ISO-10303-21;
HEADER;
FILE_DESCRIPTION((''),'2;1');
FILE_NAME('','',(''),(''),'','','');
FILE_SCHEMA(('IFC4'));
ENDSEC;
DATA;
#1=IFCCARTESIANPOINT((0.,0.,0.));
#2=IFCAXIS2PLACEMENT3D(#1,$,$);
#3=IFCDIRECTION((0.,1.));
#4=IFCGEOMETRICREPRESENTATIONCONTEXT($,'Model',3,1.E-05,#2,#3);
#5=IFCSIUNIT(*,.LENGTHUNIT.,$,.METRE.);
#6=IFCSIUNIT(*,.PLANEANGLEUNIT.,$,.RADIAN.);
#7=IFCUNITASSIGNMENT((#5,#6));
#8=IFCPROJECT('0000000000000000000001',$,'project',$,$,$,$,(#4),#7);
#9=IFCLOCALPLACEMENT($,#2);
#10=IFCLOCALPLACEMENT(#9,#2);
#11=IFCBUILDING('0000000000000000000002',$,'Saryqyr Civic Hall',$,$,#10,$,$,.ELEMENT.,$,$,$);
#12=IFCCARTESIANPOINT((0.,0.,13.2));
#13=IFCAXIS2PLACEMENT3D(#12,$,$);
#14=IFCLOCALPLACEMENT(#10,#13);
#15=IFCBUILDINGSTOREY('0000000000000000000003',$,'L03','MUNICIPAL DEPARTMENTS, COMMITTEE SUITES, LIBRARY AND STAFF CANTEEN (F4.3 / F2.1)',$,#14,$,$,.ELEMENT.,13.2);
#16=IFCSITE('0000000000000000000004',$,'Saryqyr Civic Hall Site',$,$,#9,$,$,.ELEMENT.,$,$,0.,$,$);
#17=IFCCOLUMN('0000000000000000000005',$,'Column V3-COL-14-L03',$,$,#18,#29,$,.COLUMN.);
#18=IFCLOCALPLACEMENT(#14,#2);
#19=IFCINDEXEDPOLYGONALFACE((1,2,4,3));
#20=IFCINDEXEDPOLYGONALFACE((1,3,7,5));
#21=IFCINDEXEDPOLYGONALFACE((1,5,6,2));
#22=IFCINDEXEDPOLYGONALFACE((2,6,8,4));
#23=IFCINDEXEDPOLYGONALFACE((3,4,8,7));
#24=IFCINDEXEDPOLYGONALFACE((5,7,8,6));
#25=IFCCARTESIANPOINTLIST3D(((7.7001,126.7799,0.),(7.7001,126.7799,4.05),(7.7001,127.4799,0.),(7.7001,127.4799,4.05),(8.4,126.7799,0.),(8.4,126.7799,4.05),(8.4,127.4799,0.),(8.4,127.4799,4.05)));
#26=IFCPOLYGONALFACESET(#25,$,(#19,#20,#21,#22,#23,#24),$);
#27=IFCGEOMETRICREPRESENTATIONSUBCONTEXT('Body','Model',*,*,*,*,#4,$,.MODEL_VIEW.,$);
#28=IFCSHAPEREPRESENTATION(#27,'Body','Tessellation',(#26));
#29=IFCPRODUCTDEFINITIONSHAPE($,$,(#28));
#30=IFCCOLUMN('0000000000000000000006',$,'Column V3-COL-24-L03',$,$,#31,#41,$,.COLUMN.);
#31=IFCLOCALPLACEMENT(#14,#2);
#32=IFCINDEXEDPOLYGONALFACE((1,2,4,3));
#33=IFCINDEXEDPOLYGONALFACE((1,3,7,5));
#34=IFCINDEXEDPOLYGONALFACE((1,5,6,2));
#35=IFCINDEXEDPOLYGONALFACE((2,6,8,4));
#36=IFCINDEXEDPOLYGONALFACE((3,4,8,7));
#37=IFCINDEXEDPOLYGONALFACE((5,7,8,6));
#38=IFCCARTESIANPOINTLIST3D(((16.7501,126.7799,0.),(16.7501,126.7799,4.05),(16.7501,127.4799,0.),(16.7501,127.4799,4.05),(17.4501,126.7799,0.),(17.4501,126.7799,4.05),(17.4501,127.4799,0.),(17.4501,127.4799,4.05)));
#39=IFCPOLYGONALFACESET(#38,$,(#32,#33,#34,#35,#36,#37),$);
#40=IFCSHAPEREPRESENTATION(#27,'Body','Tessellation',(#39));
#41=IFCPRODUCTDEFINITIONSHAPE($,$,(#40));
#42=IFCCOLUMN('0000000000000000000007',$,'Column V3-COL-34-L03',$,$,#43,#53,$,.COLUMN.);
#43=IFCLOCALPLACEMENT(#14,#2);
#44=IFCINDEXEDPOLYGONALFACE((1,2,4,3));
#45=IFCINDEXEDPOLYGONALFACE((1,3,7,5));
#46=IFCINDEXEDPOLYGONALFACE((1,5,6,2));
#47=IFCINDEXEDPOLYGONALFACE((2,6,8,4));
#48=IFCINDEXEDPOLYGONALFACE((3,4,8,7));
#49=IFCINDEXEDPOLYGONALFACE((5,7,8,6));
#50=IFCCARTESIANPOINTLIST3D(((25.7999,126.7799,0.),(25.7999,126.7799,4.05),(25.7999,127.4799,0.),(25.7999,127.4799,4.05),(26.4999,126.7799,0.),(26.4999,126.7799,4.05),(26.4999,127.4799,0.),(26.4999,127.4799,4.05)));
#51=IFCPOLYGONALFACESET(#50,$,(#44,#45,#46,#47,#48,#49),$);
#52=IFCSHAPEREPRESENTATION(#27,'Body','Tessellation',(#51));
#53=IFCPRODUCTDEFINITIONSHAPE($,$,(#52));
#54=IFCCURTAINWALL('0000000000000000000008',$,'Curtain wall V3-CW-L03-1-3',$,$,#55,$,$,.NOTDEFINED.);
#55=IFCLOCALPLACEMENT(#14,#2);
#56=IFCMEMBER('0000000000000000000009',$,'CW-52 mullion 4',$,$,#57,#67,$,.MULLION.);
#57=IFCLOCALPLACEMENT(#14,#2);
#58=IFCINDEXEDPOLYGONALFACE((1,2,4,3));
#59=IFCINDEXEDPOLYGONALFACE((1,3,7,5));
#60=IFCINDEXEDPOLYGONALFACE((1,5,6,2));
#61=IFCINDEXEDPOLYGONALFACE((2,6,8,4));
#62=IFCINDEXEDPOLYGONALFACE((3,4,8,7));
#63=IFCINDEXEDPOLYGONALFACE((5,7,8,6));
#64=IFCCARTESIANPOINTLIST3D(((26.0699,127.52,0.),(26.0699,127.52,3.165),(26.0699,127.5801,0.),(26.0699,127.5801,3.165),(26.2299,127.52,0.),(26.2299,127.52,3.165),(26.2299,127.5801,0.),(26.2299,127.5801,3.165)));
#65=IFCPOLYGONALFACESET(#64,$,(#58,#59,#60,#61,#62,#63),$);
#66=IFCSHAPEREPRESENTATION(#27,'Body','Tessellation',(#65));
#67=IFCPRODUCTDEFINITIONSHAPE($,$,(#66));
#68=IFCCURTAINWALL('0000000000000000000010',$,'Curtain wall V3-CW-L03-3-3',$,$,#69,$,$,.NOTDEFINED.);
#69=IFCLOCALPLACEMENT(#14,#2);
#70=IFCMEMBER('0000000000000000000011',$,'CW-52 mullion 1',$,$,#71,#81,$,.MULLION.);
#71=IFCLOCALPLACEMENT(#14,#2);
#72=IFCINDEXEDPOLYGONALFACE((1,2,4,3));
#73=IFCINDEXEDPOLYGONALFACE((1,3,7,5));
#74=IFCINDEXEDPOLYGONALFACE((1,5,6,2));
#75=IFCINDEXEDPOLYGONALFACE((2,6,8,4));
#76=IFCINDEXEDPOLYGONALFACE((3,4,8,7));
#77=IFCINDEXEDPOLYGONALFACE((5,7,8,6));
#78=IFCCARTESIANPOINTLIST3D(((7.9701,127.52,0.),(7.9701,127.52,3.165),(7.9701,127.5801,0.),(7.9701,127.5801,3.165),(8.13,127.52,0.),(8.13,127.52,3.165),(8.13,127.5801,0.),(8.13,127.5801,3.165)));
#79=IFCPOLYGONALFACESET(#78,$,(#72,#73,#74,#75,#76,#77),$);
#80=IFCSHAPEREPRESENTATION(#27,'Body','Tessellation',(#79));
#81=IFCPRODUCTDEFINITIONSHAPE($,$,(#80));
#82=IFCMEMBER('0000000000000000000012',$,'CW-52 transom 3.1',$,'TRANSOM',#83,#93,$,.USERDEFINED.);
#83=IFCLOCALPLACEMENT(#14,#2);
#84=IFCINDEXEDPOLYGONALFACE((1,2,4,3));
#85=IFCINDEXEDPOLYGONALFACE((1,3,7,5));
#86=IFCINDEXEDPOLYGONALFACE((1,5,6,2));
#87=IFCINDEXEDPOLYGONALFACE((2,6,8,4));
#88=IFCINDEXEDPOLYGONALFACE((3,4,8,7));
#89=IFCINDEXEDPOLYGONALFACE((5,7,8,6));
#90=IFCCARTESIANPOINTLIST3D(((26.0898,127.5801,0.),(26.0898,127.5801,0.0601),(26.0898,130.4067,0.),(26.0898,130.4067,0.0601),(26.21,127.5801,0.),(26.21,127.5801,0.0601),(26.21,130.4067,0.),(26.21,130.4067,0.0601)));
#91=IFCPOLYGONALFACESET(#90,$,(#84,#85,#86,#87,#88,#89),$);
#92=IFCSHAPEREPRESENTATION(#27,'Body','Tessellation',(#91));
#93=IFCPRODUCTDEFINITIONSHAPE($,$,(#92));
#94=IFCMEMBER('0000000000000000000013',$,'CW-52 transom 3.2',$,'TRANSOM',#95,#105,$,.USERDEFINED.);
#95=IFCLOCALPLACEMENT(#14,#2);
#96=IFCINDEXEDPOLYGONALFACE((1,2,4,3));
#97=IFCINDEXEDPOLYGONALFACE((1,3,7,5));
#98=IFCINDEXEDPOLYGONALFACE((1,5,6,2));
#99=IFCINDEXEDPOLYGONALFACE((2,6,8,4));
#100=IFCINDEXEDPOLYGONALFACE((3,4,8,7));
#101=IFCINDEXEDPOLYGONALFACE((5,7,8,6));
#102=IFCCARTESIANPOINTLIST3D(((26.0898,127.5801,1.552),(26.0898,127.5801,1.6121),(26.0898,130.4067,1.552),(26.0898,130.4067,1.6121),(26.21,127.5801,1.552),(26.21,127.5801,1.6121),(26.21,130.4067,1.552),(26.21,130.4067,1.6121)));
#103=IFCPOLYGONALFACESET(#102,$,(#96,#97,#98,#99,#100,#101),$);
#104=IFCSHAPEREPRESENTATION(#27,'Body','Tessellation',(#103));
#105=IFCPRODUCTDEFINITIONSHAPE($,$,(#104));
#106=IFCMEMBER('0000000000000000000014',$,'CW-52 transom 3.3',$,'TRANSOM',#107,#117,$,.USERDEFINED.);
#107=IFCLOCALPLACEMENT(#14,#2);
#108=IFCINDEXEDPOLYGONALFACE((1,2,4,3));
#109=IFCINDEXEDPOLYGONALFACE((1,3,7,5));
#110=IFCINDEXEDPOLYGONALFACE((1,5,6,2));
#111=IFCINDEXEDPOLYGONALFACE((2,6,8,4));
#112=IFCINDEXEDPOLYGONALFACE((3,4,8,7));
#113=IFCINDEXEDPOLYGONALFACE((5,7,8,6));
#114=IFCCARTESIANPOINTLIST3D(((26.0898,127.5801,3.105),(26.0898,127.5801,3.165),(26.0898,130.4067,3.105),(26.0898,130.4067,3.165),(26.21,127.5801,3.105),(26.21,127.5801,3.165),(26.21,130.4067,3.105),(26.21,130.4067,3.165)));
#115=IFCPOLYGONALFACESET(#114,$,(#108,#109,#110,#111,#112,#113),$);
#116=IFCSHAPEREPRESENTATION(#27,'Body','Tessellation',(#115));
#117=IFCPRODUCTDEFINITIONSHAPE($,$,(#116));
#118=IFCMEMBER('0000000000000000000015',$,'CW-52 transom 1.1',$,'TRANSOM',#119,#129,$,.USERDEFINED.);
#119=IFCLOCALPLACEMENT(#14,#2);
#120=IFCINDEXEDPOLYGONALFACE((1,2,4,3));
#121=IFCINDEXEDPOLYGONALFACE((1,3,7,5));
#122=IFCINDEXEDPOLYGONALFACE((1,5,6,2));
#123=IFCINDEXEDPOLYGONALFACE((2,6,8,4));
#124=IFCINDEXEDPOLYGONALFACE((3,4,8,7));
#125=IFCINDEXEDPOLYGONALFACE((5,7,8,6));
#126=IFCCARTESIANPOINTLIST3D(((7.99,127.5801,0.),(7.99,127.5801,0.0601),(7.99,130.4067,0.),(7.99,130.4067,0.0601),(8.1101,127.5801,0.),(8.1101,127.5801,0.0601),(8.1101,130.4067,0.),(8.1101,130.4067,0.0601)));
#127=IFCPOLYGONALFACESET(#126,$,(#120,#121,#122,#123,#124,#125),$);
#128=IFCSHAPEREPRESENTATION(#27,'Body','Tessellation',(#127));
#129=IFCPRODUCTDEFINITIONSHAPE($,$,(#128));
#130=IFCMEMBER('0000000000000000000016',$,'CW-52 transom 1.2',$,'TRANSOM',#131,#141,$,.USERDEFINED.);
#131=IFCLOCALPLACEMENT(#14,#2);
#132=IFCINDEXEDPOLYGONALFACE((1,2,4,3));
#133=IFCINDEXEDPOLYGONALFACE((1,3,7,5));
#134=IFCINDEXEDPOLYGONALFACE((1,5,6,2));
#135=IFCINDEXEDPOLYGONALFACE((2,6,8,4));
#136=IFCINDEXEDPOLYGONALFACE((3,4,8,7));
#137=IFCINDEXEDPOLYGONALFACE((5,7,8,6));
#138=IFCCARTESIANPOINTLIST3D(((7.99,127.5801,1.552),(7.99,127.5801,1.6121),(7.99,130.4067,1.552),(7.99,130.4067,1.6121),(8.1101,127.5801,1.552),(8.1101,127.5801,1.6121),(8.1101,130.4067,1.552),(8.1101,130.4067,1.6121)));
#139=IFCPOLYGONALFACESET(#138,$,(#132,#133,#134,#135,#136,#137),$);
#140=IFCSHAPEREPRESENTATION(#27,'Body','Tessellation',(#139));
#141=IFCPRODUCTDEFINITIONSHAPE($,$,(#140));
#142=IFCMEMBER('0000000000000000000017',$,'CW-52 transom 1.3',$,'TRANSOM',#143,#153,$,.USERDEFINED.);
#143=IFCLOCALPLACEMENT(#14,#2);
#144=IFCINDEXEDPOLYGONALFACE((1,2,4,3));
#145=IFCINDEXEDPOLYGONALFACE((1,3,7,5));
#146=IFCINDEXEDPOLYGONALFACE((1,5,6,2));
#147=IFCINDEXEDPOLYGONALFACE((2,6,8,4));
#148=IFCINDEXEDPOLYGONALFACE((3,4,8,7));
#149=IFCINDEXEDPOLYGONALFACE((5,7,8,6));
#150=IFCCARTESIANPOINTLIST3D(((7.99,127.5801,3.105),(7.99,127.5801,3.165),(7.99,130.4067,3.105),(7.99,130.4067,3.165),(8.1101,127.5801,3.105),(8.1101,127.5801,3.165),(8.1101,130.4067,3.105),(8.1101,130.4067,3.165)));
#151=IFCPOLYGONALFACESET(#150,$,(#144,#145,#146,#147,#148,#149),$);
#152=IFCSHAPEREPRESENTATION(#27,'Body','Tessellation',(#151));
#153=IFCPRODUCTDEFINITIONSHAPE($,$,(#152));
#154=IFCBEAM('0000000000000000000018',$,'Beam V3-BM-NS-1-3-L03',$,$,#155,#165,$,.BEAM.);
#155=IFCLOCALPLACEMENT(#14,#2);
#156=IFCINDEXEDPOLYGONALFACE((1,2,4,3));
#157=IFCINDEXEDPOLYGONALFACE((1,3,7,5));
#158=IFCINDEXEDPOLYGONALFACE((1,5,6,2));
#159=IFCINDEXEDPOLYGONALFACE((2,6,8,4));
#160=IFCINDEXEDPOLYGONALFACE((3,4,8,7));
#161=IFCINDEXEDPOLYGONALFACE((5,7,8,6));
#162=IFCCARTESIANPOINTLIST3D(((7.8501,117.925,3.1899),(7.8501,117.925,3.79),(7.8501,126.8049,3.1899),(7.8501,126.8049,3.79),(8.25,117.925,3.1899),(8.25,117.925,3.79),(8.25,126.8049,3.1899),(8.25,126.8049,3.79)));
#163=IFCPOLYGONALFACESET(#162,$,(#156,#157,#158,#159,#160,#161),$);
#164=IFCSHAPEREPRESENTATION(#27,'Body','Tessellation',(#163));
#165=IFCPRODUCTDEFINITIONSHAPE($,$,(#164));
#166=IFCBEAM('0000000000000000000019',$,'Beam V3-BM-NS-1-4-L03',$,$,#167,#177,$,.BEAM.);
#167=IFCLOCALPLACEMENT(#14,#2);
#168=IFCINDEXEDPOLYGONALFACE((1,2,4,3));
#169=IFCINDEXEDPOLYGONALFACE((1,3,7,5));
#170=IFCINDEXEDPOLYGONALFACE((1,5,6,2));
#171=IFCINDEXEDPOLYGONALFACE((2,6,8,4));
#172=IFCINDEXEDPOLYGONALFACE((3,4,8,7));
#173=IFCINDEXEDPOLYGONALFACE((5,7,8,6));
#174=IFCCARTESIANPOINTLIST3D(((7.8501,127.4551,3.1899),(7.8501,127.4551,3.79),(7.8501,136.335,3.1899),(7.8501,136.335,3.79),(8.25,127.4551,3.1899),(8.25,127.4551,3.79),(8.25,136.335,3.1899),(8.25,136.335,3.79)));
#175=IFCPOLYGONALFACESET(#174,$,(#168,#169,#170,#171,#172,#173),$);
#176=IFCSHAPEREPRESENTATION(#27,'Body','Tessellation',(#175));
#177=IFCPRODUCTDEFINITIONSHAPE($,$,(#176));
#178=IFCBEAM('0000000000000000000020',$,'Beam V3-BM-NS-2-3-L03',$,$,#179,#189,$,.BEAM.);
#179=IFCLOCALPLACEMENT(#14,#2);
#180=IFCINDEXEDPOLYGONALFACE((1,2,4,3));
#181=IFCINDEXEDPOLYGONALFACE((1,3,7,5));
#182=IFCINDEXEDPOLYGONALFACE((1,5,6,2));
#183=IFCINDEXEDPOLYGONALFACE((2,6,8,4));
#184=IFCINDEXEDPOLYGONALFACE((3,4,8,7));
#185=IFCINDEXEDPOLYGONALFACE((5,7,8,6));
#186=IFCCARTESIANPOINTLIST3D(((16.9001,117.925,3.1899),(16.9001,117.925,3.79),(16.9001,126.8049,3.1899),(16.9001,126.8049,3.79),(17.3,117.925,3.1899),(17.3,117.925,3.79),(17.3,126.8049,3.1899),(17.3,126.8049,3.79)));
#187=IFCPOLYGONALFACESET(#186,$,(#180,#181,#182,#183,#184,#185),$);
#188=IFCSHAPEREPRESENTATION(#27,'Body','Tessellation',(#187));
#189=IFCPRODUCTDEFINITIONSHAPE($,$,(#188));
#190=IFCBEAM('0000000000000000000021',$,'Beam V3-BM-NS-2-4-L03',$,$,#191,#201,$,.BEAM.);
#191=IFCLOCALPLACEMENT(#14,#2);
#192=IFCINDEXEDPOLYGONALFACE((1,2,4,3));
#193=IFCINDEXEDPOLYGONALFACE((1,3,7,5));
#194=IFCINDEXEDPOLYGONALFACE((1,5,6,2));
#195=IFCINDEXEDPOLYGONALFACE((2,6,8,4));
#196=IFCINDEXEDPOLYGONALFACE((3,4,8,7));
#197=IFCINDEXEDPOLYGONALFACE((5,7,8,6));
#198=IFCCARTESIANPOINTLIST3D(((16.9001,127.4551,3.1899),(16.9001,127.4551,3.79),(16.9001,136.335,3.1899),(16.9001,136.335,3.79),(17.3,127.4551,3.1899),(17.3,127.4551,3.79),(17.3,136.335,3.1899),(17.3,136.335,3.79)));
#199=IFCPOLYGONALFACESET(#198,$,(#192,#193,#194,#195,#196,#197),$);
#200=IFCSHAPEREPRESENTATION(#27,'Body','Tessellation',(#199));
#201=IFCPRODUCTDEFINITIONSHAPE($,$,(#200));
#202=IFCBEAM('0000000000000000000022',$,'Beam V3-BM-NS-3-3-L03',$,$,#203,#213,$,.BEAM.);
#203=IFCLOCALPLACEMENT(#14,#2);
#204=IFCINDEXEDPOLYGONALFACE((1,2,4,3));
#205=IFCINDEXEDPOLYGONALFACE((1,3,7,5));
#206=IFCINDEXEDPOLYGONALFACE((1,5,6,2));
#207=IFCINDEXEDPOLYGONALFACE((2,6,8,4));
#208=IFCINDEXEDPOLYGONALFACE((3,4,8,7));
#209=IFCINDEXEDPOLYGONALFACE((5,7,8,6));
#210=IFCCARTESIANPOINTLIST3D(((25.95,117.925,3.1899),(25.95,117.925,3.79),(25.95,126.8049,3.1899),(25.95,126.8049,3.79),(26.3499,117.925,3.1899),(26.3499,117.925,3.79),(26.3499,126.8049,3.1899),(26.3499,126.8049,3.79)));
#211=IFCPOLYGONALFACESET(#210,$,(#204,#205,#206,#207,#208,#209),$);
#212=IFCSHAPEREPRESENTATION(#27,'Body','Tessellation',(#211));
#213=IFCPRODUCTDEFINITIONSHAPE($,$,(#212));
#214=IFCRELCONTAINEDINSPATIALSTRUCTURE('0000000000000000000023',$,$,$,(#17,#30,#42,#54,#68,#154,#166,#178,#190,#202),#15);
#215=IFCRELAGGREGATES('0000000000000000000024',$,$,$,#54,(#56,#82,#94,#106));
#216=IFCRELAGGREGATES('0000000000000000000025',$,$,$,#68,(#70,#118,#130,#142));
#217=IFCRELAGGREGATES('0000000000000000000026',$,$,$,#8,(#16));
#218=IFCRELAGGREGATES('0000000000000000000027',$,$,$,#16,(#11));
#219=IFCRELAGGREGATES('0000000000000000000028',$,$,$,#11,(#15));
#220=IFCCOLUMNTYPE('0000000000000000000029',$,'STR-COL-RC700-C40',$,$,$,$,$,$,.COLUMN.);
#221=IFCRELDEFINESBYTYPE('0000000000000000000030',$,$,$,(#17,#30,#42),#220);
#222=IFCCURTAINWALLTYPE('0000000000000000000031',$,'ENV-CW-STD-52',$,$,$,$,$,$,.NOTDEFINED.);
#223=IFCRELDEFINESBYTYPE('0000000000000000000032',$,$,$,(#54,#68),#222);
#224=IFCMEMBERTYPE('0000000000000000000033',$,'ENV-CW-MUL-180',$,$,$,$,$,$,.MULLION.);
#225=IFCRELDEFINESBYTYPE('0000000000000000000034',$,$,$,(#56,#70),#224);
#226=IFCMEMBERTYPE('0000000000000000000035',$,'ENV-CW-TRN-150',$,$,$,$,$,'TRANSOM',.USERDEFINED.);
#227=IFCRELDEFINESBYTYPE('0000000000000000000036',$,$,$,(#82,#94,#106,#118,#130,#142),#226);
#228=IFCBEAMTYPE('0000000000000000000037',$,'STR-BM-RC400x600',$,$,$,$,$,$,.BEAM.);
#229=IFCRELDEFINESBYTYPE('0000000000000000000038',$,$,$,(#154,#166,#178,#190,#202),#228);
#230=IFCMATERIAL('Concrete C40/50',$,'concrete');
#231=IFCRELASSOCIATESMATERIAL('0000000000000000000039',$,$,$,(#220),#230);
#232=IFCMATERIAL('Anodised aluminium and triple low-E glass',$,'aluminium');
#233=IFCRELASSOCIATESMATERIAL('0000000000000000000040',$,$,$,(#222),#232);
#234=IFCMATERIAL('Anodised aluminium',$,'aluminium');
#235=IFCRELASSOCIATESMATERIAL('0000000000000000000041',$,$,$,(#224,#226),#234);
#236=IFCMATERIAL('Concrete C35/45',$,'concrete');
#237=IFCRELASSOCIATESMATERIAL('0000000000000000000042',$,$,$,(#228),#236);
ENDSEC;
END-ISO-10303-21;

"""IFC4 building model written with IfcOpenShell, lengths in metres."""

from ifc_helpers import new_model, si_unit, direction, frame, origin, origin_2d, place, context, subcontext, project, spatial, rectangle, extrude, material, material_profile, profile_set, type_object, element, aggregate, save


model = new_model("IFC4")

# Units and contexts
model_context = context("Model", 3, precision=1e-05, world=origin(), true_north=direction((0.0, 1.0)))
body_context = subcontext(model_context, "Body", "Model", "MODEL_VIEW")
ifc_project = project(units=[si_unit("LENGTHUNIT", "METRE"), si_unit("PLANEANGLEUNIT", "RADIAN")], contexts=[model_context])

# Site, building, storey
site_placement = place(None, origin())
site = spatial("IfcSite", under=ifc_project, at=site_placement, Name="Saryqyr Civic Hall Site", CompositionType="ELEMENT", RefElevation=0.0)
building_placement = place(site_placement, origin())
building = spatial("IfcBuilding", under=site, at=building_placement, Name="Saryqyr Civic Hall", CompositionType="ELEMENT")
storey_placement = place(building_placement, frame((0.0, 0.0, 13.2)))
storey = spatial("IfcBuildingStorey", under=building, at=storey_placement, Name="L03", Description="MUNICIPAL DEPARTMENTS, COMMITTEE SUITES, LIBRARY AND STAFF CANTEEN (F4.3 / F2.1)", CompositionType="ELEMENT", Elevation=13.2)

# Columns
ifc_material_1 = material(Name="Concrete C40/50", Category="concrete")
ifc_material_profile_1 = material_profile(ifc_material_1, rectangle(XDim=0.7, YDim=0.7, at=origin_2d()), Name="RC 700x700")
ifc_profile_set_1 = profile_set([ifc_material_profile_1], Name="Concrete C40/50")
column_type = type_object("IfcColumnType", Name="STR-COL-RC700-C40", PredefinedType="COLUMN", material=ifc_profile_set_1)
for number, where, z_axis, x_axis, name in (
    (1, (8.05, 127.1299, 0.0), (0.0, 0.0, 1.0), (1.0, 0.0, 0.0), "Column V3-COL-14-L03"),
    (2, (17.1001, 127.1299, 0.0), (0.0, 0.0, 1.0), (1.0, 0.0, 0.0), "Column V3-COL-24-L03"),
    (3, (26.1499, 127.1299, 0.0), (0.0, 0.0, 1.0), (1.0, 0.0, 0.0), "Column V3-COL-34-L03"),
):
    element("IfcColumn", number, at=place(storey_placement, frame(where, z_axis=z_axis, x_axis=x_axis)), inside=storey, type_object=column_type, Name=name, PredefinedType="COLUMN", context=body_context, shape_type="SweptSolid", body=[
        extrude(rectangle(XDim=0.7, YDim=0.7, at=origin_2d()), origin(), (0.0, 0.0, 1.0), 4.05),
    ])

# Curtain walls, members
ifc_material_2 = material(Name="Anodised aluminium and triple low-E glass", Category="aluminium")
curtain_wall_type = type_object("IfcCurtainWallType", Name="ENV-CW-STD-52", PredefinedType="NOTDEFINED", material=ifc_material_2)
curtain_wall_1_placement = place(storey_placement, origin())
curtain_wall_1 = element("IfcCurtainWall", 4, at=curtain_wall_1_placement, inside=storey, type_object=curtain_wall_type, Name="Curtain wall V3-CW-L03-1-3", PredefinedType="NOTDEFINED")
ifc_material_3 = material(Name="Anodised aluminium", Category="aluminium")
ifc_material_profile_2 = material_profile(ifc_material_3, rectangle(XDim=0.0601, YDim=0.1599, at=origin_2d()), Name="ALU MULLION 60x160")
ifc_profile_set_2 = profile_set([ifc_material_profile_2], Name="Anodised aluminium")
member_type_1 = type_object("IfcMemberType", Name="ENV-CW-MUL-180", PredefinedType="MULLION", material=ifc_profile_set_2)
member_1_placement = place(storey_placement, frame((26.1499, 127.55, 0.0), z_axis=(0.0, 0.0, 1.0), x_axis=(0.0, -1.0, 0.0)))
member_1 = element("IfcMember", 5, at=member_1_placement, type_object=member_type_1, Name="CW-52 mullion 4", PredefinedType="MULLION", context=body_context, shape_type="SweptSolid", body=[
    extrude(rectangle(XDim=0.0601, YDim=0.1599, at=origin_2d()), origin(), (0.0, 0.0, 1.0), 3.165),
])
curtain_wall_2_placement = place(storey_placement, origin())
curtain_wall_2 = element("IfcCurtainWall", 6, at=curtain_wall_2_placement, inside=storey, type_object=curtain_wall_type, Name="Curtain wall V3-CW-L03-3-3", PredefinedType="NOTDEFINED")
member_2_placement = place(storey_placement, frame((8.05, 127.55, 0.0), z_axis=(0.0, 0.0, 1.0), x_axis=(0.0, 1.0, 0.0)))
member_2 = element("IfcMember", 7, at=member_2_placement, type_object=member_type_1, Name="CW-52 mullion 1", PredefinedType="MULLION", context=body_context, shape_type="SweptSolid", body=[
    extrude(rectangle(XDim=0.0601, YDim=0.1599, at=origin_2d()), origin(), (0.0, 0.0, 1.0), 3.165),
])

# Members
ifc_material_profile_3 = material_profile(ifc_material_3, rectangle(XDim=0.1201, YDim=0.0601, at=origin_2d()), Name="ALU TRANSOM 120x60")
ifc_profile_set_3 = profile_set([ifc_material_profile_3], Name="Anodised aluminium")
member_type_2 = type_object("IfcMemberType", Name="ENV-CW-TRN-150", ElementType="TRANSOM", PredefinedType="USERDEFINED", material=ifc_profile_set_3)
member_3_placement = place(storey_placement, frame((26.1499, 130.4067, 0.03), z_axis=(0.0, -1.0, 0.0), x_axis=(1.0, 0.0, 0.0)))
member_3 = element("IfcMember", 8, at=member_3_placement, type_object=member_type_2, Name="CW-52 transom 3.1", ObjectType="TRANSOM", PredefinedType="USERDEFINED", context=body_context, shape_type="SweptSolid", body=[
    extrude(rectangle(XDim=0.1201, YDim=0.0601, at=origin_2d()), origin(), (0.0, 0.0, 1.0), 2.8267),
])
member_4_placement = place(storey_placement, frame((26.1499, 130.4067, 1.582), z_axis=(0.0, -1.0, 0.0), x_axis=(1.0, 0.0, 0.0)))
member_4 = element("IfcMember", 9, at=member_4_placement, type_object=member_type_2, Name="CW-52 transom 3.2", ObjectType="TRANSOM", PredefinedType="USERDEFINED", context=body_context, shape_type="SweptSolid", body=[
    extrude(rectangle(XDim=0.1201, YDim=0.0601, at=origin_2d()), origin(), (0.0, 0.0, 1.0), 2.8267),
])
member_5_placement = place(storey_placement, frame((26.1499, 130.4067, 3.135), z_axis=(0.0, -1.0, 0.0), x_axis=(1.0, 0.0, 0.0)))
member_5 = element("IfcMember", 10, at=member_5_placement, type_object=member_type_2, Name="CW-52 transom 3.3", ObjectType="TRANSOM", PredefinedType="USERDEFINED", context=body_context, shape_type="SweptSolid", body=[
    extrude(rectangle(XDim=0.1201, YDim=0.0601, at=origin_2d()), origin(), (0.0, 0.0, 1.0), 2.8267),
])
member_6_placement = place(storey_placement, frame((8.05, 127.5801, 0.03), z_axis=(0.0, 1.0, 0.0), x_axis=(-1.0, 0.0, 0.0)))
member_6 = element("IfcMember", 11, at=member_6_placement, type_object=member_type_2, Name="CW-52 transom 1.1", ObjectType="TRANSOM", PredefinedType="USERDEFINED", context=body_context, shape_type="SweptSolid", body=[
    extrude(rectangle(XDim=0.1201, YDim=0.0601, at=origin_2d()), origin(), (0.0, 0.0, 1.0), 2.8267),
])
member_7_placement = place(storey_placement, frame((8.05, 127.5801, 1.582), z_axis=(0.0, 1.0, 0.0), x_axis=(-1.0, 0.0, 0.0)))
member_7 = element("IfcMember", 12, at=member_7_placement, type_object=member_type_2, Name="CW-52 transom 1.2", ObjectType="TRANSOM", PredefinedType="USERDEFINED", context=body_context, shape_type="SweptSolid", body=[
    extrude(rectangle(XDim=0.1201, YDim=0.0601, at=origin_2d()), origin(), (0.0, 0.0, 1.0), 2.8267),
])
member_8_placement = place(storey_placement, frame((8.05, 127.5801, 3.135), z_axis=(0.0, 1.0, 0.0), x_axis=(-1.0, 0.0, 0.0)))
member_8 = element("IfcMember", 13, at=member_8_placement, type_object=member_type_2, Name="CW-52 transom 1.3", ObjectType="TRANSOM", PredefinedType="USERDEFINED", context=body_context, shape_type="SweptSolid", body=[
    extrude(rectangle(XDim=0.1201, YDim=0.0601, at=origin_2d()), origin(), (0.0, 0.0, 1.0), 2.8267),
])

# Beams
ifc_material_4 = material(Name="Concrete C35/45", Category="concrete")
ifc_material_profile_4 = material_profile(ifc_material_4, rectangle(XDim=0.3999, YDim=0.6001, at=origin_2d()), Name="RC 400x600")
ifc_profile_set_4 = profile_set([ifc_material_profile_4], Name="Concrete C35/45")
beam_type_1 = type_object("IfcBeamType", Name="STR-BM-RC400x600", PredefinedType="BEAM", material=ifc_profile_set_4)
for number, where, z_axis, x_axis, name in (
    (14, (8.05, 117.925, 3.49), (0.0, 1.0, 0.0), (-1.0, 0.0, 0.0), "Beam V3-BM-NS-1-3-L03"),
    (15, (8.05, 127.4551, 3.49), (0.0, 1.0, 0.0), (-1.0, 0.0, 0.0), "Beam V3-BM-NS-1-4-L03"),
    (16, (17.1001, 117.925, 3.49), (0.0, 1.0, 0.0), (-1.0, 0.0, 0.0), "Beam V3-BM-NS-2-3-L03"),
    (17, (17.1001, 127.4551, 3.49), (0.0, 1.0, 0.0), (-1.0, 0.0, 0.0), "Beam V3-BM-NS-2-4-L03"),
    (18, (26.1499, 117.925, 3.49), (0.0, 1.0, 0.0), (-1.0, 0.0, 0.0), "Beam V3-BM-NS-3-3-L03"),
):
    element("IfcBeam", number, at=place(storey_placement, frame(where, z_axis=z_axis, x_axis=x_axis)), inside=storey, type_object=beam_type_1, Name=name, PredefinedType="BEAM", context=body_context, shape_type="SweptSolid", body=[
        extrude(rectangle(XDim=0.3999, YDim=0.6001, at=origin_2d()), origin(), (0.0, 0.0, 1.0), 8.8799),
    ])

aggregate(curtain_wall_1, [member_1, member_3, member_4, member_5])
aggregate(curtain_wall_2, [member_2, member_6, member_7, member_8])

save(model, "model.ifc")
